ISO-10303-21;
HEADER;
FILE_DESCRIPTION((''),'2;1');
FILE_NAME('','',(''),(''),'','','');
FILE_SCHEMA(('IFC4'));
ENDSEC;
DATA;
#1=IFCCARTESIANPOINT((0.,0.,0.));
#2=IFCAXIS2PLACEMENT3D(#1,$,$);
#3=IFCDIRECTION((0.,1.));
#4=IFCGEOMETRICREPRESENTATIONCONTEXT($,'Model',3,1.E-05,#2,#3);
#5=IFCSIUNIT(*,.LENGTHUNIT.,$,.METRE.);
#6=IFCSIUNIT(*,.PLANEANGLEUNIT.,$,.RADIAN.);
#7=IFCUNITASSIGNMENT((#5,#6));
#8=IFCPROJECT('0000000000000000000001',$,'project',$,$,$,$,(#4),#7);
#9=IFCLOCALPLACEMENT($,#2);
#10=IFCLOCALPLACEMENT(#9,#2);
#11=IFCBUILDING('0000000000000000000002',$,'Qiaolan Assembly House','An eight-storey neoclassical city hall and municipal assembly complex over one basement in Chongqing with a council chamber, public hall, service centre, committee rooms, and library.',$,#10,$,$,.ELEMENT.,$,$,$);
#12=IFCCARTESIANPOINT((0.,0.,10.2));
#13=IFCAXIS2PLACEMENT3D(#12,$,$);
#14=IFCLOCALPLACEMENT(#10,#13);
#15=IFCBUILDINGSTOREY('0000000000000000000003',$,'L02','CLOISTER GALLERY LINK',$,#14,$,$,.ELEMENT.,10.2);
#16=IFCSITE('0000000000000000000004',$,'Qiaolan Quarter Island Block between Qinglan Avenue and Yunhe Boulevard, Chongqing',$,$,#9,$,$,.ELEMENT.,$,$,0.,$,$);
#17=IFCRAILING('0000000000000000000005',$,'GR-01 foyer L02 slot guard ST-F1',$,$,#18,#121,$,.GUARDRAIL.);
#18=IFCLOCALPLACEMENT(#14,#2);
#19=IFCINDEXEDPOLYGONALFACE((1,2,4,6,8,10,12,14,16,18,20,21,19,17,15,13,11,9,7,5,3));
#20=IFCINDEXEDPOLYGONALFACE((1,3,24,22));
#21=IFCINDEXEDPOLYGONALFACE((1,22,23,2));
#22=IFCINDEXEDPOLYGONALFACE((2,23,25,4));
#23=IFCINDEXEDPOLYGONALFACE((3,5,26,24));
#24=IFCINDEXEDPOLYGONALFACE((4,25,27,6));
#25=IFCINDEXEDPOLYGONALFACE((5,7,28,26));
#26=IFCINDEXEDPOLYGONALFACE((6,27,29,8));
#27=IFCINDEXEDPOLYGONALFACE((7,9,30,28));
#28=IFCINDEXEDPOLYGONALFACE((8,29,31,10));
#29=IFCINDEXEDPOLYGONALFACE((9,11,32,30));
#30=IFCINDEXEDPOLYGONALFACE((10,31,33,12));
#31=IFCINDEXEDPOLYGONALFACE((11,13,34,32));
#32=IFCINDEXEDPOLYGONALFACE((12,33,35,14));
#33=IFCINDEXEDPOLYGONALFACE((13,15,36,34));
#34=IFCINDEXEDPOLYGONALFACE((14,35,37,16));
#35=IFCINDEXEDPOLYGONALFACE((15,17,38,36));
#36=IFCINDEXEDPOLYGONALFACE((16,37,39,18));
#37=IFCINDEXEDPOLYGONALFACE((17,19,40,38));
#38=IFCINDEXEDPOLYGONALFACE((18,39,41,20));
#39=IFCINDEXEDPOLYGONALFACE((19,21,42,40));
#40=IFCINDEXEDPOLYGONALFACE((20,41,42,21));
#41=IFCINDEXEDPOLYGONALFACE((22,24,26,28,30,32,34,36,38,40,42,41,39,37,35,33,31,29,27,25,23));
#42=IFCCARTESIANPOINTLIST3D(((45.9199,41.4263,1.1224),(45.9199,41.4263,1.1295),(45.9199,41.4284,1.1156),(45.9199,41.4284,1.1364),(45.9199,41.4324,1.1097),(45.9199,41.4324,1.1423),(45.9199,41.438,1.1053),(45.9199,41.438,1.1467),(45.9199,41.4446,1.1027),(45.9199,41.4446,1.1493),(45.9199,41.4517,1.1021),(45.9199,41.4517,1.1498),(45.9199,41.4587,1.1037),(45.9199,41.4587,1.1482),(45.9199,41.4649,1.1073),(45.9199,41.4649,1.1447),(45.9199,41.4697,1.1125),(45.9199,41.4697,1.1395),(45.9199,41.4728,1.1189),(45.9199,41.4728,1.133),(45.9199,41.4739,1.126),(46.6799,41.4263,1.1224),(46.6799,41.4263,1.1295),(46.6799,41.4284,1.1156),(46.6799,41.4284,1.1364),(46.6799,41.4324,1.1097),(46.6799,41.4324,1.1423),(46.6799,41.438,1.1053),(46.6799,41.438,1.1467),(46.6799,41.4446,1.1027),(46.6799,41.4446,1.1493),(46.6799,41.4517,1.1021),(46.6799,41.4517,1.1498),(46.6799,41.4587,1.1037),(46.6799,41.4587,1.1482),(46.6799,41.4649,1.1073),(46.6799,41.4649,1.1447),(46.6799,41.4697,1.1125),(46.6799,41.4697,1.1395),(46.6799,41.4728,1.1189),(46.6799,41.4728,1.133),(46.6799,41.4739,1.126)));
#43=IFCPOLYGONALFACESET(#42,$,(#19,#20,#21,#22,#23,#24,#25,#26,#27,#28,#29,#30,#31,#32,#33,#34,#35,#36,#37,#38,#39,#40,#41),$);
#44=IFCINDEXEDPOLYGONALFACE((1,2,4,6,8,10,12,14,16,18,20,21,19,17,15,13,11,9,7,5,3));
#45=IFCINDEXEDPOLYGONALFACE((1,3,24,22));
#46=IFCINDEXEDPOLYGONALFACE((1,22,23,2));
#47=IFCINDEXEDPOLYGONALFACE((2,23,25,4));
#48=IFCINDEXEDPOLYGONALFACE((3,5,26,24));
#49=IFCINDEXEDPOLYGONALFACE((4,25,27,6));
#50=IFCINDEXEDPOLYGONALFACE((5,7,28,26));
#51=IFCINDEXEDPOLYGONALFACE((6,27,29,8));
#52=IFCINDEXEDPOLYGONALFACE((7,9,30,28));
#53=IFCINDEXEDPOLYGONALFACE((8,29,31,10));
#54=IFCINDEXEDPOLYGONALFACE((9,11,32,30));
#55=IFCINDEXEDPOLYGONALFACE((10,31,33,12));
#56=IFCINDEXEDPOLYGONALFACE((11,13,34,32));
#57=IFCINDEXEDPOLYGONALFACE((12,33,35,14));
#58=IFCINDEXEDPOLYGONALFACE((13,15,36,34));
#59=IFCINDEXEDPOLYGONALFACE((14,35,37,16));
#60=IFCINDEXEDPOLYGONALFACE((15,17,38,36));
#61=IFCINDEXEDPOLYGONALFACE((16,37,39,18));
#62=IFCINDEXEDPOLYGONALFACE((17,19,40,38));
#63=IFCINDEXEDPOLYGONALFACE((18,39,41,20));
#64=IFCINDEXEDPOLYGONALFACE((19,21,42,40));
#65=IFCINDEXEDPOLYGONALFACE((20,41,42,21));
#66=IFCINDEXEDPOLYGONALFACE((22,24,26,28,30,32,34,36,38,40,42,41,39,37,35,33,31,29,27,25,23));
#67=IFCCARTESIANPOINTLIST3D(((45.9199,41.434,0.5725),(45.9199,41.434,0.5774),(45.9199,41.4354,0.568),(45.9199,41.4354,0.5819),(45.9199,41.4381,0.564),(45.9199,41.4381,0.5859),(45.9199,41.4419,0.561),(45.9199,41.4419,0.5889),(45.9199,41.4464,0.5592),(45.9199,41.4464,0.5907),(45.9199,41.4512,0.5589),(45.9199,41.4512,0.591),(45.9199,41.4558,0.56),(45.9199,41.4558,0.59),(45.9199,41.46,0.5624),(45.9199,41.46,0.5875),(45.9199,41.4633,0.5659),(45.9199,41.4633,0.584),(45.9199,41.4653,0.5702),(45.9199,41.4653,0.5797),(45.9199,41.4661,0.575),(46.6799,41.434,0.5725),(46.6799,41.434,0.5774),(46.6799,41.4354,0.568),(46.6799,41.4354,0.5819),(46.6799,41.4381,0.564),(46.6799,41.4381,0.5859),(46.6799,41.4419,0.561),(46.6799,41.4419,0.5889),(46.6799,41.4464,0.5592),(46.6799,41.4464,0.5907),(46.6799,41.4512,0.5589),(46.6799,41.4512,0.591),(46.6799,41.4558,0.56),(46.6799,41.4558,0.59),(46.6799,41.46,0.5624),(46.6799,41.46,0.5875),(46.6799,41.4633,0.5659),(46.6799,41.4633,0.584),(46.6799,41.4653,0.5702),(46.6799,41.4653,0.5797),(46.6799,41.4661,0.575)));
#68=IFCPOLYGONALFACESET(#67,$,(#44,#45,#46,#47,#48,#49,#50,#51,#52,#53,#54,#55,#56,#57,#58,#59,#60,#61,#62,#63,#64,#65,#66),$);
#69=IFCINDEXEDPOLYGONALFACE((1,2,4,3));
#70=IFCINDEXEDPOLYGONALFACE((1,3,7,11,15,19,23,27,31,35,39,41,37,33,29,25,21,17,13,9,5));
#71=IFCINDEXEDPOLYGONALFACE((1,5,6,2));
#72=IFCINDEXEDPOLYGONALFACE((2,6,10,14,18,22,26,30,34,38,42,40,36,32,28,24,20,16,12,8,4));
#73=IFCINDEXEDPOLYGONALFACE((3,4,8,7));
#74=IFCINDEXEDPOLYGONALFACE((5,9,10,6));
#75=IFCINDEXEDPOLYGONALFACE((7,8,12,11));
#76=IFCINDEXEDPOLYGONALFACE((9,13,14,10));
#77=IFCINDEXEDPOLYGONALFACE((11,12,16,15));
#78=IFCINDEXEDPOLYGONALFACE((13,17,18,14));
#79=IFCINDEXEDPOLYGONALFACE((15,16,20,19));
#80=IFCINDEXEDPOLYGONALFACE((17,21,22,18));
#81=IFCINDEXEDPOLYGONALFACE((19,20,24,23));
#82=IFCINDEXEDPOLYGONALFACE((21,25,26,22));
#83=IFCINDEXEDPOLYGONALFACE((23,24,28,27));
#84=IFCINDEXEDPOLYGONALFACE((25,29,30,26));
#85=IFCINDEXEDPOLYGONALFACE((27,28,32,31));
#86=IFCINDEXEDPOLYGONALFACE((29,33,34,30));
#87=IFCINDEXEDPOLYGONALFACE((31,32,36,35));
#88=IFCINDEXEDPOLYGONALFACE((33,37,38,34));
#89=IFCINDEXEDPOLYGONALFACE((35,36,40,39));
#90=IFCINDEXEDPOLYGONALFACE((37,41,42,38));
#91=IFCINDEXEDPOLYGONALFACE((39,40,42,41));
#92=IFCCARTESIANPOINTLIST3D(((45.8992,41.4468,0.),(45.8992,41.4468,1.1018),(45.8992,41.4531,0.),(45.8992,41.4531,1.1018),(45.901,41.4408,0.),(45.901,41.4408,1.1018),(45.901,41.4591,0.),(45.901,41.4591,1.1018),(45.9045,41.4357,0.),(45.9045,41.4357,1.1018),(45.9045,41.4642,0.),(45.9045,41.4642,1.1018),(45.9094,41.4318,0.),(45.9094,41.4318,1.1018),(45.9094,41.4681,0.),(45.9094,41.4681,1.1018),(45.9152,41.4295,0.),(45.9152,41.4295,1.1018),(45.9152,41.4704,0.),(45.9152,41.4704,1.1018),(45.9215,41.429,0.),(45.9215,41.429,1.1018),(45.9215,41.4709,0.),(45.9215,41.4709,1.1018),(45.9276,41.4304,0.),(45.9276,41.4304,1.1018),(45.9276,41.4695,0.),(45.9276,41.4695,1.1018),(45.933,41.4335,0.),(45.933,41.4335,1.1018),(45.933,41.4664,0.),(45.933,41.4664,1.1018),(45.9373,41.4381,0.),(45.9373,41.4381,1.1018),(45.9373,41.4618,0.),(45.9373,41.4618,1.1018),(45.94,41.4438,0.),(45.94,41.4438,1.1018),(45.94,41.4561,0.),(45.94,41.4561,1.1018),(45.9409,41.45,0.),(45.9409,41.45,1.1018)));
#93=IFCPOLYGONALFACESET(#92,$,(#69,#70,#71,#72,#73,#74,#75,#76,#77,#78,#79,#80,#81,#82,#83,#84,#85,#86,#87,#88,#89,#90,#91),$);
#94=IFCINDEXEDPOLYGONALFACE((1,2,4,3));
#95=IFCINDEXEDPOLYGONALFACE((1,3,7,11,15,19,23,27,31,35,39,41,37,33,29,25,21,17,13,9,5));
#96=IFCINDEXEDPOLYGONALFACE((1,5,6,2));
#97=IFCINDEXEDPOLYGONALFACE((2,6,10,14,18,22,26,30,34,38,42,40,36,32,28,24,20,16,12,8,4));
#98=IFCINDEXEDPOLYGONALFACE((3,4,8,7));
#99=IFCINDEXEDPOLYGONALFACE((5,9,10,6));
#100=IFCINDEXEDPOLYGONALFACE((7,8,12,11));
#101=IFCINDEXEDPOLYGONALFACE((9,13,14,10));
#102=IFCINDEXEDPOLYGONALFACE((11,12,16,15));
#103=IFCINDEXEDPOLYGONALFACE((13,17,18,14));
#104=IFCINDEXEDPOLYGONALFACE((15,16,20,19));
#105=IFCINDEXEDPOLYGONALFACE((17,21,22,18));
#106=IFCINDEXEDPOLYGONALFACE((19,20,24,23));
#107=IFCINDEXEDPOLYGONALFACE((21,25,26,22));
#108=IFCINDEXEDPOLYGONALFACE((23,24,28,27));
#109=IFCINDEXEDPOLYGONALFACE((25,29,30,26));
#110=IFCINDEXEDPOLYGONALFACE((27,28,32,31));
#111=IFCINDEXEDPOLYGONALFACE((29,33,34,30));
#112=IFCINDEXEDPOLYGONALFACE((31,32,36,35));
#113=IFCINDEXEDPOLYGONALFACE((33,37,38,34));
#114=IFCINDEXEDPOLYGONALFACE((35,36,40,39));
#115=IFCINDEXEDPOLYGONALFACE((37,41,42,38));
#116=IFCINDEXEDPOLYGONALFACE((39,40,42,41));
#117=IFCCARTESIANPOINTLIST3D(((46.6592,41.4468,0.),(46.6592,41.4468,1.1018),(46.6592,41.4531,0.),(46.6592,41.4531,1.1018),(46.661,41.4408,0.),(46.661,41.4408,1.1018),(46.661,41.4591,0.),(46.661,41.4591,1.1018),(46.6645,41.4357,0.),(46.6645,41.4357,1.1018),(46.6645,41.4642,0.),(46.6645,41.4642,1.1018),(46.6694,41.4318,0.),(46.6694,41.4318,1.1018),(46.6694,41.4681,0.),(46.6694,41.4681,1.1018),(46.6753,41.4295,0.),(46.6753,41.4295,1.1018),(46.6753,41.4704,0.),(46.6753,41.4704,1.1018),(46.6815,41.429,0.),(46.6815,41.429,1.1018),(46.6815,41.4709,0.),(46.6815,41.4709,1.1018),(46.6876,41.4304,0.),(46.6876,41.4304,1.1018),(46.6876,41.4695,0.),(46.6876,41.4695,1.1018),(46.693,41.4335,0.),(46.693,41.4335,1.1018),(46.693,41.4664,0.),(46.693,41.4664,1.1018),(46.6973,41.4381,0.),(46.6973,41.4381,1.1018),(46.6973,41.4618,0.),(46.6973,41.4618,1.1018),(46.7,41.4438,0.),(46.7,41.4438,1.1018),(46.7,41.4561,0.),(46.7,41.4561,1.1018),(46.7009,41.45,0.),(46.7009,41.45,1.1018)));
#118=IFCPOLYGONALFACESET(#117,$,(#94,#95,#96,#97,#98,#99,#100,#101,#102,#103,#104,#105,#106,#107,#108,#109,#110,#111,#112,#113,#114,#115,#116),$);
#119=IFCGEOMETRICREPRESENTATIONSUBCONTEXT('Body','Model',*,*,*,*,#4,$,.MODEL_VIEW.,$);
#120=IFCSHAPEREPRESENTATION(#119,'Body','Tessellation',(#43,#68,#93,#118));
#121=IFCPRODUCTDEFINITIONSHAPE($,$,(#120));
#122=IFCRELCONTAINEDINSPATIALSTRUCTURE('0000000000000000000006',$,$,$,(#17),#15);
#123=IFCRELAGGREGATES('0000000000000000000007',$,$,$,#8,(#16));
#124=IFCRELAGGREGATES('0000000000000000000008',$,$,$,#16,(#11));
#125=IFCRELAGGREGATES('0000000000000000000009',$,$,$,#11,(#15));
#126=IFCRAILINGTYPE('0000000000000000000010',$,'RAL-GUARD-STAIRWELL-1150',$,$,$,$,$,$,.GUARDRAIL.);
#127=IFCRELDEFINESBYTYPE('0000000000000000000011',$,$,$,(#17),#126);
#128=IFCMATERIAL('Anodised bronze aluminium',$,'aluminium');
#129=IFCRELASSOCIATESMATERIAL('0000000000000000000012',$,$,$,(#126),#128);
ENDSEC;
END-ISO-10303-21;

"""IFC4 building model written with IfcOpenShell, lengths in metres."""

from ifc_helpers import new_model, si_unit, direction, frame, origin, origin_2d, place, context, subcontext, project, spatial, circle, extrude, material, type_object, element, save


model = new_model("IFC4")

# Units and contexts
model_context = context("Model", 3, precision=1e-05, world=origin(), true_north=direction((0.0, 1.0)))
body_context = subcontext(model_context, "Body", "Model", "MODEL_VIEW")
ifc_project = project(units=[si_unit("LENGTHUNIT", "METRE"), si_unit("PLANEANGLEUNIT", "RADIAN")], contexts=[model_context])

# Site, building, storey
site_placement = place(None, origin())
site = spatial("IfcSite", under=ifc_project, at=site_placement, Name="Qiaolan Quarter Island Block between Qinglan Avenue and Yunhe Boulevard, Chongqing", CompositionType="ELEMENT", RefElevation=0.0)
building_placement = place(site_placement, origin())
building = spatial("IfcBuilding", under=site, at=building_placement, Name="Qiaolan Assembly House", Description="An eight-storey neoclassical city hall and municipal assembly complex over one basement in Chongqing with a council chamber, public hall, service centre, committee rooms, and library.", CompositionType="ELEMENT")
storey_placement = place(building_placement, frame((0.0, 0.0, 10.2)))
storey = spatial("IfcBuildingStorey", under=building, at=storey_placement, Name="L02", Description="CLOISTER GALLERY LINK", CompositionType="ELEMENT", Elevation=10.2)

# Railing
ifc_material_1 = material(Name="Anodised bronze aluminium", Category="aluminium")
railing_type_1 = type_object("IfcRailingType", Name="RAL-GUARD-STAIRWELL-1150", PredefinedType="GUARDRAIL", material=ifc_material_1)
railing_1_placement = place(storey_placement, frame((45.9199, 41.45, 0.0)))
element("IfcRailing", 1, at=railing_1_placement, inside=storey, type_object=railing_type_1, Name="GR-01 foyer L02 slot guard ST-F1", PredefinedType="GUARDRAIL", context=body_context, shape_type="SweptSolid", body=[
    extrude(circle(Radius=0.0239, at=origin_2d()), frame((0.0, 0.0, 1.126), z_axis=(1.0, 0.0, 0.0), x_axis=(0.0, 1.0, 0.0)), (0.0, 0.0, 1.0), 0.76),
    extrude(circle(Radius=0.0161, at=origin_2d()), frame((0.0, 0.0, 0.575), z_axis=(1.0, 0.0, 0.0), x_axis=(0.0, 1.0, 0.0)), (0.0, 0.0, 1.0), 0.76),
    extrude(circle(Radius=0.021, at=origin_2d()), origin(), (0.0, 0.0, 1.0), 1.1018),
    extrude(circle(Radius=0.021, at=origin_2d()), frame((0.76, 0.0, 0.0)), (0.0, 0.0, 1.0), 1.1018),
])

save(model, "model.ifc")
